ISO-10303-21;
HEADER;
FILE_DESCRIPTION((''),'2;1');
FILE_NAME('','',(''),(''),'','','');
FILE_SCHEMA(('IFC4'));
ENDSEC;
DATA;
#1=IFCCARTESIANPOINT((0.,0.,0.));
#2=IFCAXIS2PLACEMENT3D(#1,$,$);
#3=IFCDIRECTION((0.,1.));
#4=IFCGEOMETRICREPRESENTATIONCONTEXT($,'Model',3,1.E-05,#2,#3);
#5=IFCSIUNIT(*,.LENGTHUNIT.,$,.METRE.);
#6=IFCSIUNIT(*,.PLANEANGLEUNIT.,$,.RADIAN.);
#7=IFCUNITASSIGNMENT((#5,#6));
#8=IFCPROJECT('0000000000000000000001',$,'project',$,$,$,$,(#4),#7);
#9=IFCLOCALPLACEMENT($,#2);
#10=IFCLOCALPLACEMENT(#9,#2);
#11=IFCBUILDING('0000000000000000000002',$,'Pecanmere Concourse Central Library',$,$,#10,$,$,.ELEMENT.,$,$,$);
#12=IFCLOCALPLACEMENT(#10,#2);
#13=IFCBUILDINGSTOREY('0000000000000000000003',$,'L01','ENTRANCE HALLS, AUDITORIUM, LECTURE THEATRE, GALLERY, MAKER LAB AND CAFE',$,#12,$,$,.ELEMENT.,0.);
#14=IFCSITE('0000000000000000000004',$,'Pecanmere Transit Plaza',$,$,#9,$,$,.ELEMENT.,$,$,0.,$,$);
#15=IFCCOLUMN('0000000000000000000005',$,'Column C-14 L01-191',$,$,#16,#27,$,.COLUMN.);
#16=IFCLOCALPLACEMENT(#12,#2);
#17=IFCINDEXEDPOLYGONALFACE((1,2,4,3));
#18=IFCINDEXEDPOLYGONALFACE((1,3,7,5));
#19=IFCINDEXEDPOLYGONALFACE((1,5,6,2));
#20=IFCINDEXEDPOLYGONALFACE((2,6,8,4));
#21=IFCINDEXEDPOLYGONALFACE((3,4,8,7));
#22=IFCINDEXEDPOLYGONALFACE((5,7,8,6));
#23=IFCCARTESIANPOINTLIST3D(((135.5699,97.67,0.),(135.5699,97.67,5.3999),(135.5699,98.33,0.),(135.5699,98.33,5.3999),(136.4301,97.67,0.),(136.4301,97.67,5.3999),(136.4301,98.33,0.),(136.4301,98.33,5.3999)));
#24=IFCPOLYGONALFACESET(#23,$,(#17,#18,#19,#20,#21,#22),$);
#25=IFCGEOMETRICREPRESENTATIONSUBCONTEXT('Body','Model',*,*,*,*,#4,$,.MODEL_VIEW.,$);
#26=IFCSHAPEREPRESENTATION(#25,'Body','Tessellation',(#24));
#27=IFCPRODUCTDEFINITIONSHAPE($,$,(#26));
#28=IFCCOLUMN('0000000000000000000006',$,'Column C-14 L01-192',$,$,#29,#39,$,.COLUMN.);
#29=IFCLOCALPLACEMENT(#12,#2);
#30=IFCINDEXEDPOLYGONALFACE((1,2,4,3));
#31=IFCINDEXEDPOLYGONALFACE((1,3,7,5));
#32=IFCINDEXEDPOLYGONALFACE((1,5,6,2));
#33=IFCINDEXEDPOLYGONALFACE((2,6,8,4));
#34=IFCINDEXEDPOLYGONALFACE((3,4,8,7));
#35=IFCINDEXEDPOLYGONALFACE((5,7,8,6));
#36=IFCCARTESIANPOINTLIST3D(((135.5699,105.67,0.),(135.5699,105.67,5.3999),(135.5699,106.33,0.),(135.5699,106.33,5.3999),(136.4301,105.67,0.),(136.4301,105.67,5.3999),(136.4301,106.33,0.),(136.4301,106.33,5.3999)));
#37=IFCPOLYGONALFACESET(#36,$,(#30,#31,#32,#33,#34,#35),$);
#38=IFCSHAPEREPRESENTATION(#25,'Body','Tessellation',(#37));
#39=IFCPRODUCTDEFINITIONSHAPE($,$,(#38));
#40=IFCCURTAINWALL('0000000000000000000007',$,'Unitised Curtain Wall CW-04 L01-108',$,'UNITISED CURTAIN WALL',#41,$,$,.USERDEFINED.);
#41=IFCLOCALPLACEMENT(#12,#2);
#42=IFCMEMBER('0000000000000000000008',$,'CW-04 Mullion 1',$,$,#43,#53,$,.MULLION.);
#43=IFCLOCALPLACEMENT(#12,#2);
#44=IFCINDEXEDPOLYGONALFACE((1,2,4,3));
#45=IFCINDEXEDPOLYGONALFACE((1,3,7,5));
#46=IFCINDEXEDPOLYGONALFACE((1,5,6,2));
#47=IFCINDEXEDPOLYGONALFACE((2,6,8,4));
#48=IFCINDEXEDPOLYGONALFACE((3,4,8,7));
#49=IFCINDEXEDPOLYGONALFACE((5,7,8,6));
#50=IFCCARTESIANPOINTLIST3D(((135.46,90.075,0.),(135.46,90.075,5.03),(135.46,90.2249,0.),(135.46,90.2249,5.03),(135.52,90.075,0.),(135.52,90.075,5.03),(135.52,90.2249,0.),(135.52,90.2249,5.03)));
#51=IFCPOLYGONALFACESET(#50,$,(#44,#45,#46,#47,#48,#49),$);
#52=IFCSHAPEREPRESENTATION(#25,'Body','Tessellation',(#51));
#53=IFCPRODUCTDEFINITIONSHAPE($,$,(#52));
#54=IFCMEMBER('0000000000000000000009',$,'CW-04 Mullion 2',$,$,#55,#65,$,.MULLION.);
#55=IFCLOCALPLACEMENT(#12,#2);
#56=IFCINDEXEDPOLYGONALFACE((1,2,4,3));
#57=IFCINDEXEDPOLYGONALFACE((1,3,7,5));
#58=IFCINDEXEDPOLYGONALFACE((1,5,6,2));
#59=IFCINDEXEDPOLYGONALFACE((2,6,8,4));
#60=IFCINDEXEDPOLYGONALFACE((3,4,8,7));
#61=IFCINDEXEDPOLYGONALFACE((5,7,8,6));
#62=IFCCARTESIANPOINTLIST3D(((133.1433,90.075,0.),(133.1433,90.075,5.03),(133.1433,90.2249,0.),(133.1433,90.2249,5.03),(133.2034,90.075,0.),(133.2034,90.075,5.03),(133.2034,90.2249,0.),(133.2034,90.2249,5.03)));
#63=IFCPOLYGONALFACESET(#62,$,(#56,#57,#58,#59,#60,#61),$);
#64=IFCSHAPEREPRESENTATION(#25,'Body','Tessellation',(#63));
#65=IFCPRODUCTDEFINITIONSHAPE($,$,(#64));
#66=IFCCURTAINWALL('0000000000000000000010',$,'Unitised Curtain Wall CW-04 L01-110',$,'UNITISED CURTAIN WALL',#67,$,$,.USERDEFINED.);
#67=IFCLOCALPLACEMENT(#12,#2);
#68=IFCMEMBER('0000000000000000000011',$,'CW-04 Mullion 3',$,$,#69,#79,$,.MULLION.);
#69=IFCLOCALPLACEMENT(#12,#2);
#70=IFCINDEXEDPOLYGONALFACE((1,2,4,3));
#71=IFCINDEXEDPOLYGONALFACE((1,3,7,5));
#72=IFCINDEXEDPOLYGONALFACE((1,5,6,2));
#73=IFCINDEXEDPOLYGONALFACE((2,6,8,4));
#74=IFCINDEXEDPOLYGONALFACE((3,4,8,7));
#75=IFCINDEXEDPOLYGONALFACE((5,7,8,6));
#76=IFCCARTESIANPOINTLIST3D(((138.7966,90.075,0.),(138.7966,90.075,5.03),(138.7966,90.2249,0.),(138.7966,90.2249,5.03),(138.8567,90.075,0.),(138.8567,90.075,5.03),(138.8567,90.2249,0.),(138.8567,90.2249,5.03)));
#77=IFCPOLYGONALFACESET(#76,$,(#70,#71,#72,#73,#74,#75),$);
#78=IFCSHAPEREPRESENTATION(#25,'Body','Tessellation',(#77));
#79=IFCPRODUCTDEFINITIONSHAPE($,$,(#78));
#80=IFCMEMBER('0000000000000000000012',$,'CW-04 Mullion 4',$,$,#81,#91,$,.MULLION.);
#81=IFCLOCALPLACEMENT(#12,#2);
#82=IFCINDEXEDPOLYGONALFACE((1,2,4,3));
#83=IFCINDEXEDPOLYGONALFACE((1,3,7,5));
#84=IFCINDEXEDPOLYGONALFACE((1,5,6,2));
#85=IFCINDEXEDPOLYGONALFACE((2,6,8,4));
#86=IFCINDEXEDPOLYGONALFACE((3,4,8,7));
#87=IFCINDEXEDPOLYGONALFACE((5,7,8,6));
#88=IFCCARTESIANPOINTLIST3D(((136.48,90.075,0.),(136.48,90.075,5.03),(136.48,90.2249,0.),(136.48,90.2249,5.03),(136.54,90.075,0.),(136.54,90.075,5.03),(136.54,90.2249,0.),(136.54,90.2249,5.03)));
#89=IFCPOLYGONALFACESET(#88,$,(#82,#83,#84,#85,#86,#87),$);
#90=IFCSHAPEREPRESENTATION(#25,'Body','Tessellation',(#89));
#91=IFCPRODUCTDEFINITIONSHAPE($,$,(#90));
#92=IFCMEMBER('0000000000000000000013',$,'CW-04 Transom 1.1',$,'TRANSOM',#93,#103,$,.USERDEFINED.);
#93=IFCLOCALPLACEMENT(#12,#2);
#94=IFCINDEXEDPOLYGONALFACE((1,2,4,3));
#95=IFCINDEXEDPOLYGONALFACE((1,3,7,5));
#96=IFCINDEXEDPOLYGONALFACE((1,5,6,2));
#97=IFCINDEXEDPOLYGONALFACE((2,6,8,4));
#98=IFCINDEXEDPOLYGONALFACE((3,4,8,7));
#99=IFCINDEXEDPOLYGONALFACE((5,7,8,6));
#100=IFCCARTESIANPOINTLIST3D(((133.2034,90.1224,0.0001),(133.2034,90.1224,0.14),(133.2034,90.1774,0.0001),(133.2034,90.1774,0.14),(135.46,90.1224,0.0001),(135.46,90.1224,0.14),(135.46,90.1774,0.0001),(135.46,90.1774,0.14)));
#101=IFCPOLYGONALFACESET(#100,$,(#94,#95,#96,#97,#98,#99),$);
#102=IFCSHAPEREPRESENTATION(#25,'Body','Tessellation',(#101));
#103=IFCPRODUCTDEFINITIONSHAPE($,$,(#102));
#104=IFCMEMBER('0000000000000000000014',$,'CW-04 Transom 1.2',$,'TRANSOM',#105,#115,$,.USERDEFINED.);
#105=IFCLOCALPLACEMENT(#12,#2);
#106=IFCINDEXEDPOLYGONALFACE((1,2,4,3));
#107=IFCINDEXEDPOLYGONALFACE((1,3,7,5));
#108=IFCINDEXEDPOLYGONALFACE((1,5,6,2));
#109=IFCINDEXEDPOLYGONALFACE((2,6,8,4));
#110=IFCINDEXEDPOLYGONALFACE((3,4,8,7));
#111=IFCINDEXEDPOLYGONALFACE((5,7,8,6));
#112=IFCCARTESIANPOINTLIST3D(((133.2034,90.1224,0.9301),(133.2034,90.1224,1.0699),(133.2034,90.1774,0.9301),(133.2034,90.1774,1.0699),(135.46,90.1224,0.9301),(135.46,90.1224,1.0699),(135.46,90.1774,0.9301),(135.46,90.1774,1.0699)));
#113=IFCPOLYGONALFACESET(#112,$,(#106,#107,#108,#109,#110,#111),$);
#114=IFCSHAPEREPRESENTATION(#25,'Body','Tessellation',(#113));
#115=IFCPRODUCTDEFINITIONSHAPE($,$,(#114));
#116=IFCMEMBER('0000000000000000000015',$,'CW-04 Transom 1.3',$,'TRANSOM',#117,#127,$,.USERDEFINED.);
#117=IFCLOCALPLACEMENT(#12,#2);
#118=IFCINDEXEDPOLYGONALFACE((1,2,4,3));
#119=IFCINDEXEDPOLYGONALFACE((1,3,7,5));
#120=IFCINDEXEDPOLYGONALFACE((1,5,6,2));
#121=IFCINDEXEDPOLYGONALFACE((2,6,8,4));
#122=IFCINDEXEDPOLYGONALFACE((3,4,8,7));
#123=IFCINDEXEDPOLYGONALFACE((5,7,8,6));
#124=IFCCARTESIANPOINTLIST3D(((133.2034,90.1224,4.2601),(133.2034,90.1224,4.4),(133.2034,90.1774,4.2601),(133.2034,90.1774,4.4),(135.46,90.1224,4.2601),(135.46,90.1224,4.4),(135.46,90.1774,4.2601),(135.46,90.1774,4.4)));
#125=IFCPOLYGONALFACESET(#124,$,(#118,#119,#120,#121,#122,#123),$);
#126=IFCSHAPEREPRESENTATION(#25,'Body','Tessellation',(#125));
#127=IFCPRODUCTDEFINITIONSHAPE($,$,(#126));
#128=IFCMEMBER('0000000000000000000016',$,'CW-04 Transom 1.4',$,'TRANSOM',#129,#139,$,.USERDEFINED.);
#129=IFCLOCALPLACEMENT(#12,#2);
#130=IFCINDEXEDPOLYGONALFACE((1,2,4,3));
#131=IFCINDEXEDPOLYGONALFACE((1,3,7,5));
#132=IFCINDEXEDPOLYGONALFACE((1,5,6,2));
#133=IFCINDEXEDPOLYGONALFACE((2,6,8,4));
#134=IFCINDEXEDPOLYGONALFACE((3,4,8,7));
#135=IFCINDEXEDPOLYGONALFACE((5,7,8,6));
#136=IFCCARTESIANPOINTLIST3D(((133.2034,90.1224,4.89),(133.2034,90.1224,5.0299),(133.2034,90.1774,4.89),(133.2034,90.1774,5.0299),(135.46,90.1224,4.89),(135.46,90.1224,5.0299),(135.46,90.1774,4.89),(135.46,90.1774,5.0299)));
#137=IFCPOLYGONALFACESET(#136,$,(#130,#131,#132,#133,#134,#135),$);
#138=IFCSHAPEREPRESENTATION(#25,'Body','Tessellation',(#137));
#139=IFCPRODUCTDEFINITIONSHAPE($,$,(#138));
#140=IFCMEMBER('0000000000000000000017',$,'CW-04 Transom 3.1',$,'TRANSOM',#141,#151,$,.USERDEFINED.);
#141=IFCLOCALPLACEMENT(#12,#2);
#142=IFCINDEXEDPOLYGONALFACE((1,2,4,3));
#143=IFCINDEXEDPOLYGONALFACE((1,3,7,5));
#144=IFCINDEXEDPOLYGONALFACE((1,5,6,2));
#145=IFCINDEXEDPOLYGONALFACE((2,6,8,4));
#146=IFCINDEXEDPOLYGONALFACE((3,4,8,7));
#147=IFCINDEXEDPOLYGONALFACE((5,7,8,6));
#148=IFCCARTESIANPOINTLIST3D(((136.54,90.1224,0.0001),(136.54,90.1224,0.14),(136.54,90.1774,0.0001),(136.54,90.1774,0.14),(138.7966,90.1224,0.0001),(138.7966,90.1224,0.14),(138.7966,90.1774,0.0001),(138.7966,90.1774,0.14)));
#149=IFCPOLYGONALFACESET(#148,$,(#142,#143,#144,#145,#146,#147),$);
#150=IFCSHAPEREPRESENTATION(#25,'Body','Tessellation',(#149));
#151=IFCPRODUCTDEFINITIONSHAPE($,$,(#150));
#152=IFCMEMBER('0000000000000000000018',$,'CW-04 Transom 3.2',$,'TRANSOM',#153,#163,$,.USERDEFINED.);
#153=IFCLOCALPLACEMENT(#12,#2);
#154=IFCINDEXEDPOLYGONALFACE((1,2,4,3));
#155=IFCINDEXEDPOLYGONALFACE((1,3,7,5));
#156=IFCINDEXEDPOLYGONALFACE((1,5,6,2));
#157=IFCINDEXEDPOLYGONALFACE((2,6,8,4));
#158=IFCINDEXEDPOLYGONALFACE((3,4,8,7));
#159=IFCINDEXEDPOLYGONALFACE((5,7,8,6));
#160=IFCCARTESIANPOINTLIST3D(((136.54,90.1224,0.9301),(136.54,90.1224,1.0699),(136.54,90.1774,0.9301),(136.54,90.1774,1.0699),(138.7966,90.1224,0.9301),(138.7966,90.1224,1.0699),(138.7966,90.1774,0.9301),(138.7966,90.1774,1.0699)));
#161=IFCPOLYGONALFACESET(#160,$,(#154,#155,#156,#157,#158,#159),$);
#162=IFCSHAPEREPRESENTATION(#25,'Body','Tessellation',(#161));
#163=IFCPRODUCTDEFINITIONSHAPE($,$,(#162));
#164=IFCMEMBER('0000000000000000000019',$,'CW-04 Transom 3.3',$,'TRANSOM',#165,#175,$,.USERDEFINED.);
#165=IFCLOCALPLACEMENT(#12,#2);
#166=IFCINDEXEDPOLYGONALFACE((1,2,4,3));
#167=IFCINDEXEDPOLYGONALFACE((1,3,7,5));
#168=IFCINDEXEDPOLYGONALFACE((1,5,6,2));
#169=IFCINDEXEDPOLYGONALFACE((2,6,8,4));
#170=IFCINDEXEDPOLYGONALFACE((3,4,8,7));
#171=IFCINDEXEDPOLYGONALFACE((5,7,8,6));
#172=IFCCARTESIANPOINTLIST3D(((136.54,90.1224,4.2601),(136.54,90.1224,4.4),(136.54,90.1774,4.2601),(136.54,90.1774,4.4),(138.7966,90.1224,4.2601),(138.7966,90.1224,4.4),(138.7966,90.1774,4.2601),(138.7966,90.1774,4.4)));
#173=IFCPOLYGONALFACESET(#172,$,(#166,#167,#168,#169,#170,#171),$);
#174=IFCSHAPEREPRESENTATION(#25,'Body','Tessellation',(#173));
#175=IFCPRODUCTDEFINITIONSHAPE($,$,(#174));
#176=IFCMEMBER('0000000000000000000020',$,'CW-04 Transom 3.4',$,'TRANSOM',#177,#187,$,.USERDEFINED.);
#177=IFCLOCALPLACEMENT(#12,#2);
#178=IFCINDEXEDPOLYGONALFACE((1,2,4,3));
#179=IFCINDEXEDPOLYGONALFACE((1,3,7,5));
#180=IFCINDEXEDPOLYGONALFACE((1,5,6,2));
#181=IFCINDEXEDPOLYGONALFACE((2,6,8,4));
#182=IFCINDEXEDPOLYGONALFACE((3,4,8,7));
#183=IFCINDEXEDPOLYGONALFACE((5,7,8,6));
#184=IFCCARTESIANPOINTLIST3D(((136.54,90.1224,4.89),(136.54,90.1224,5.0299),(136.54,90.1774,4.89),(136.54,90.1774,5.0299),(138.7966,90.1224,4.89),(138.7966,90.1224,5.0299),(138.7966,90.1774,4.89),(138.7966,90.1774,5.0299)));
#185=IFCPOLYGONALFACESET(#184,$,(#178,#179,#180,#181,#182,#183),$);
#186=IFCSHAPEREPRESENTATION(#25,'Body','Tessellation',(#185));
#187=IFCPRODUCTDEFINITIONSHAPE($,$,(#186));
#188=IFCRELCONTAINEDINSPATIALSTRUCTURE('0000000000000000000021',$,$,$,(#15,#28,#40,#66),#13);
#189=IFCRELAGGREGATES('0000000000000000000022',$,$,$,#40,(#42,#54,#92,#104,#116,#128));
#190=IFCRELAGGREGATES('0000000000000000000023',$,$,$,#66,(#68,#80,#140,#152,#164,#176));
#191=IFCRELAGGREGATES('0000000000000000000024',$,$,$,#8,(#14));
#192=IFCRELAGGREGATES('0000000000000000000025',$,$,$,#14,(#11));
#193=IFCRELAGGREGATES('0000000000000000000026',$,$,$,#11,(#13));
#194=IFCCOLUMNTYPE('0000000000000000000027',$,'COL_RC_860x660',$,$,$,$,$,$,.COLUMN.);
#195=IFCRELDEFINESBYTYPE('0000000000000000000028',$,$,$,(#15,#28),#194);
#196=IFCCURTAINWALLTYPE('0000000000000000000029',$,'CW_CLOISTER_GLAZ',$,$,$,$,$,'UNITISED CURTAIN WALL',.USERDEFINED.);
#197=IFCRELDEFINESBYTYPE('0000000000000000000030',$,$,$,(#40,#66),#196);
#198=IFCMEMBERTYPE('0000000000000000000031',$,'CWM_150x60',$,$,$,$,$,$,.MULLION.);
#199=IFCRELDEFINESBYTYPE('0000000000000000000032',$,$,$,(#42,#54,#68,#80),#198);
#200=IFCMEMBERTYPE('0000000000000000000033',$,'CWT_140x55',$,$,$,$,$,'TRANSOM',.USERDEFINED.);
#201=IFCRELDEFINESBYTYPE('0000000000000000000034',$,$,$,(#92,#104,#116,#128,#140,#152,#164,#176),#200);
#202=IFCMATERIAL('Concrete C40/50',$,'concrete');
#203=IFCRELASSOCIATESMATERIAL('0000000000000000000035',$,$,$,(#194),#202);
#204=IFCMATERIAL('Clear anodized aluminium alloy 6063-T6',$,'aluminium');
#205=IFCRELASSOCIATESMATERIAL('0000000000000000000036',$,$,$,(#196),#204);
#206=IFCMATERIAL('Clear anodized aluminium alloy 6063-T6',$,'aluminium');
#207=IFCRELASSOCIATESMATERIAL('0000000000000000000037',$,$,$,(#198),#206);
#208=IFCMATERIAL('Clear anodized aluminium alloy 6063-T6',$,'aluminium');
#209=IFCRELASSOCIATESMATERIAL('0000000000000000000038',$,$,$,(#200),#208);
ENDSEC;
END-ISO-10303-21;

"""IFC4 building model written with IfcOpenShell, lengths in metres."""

from ifc_helpers import new_model, si_unit, direction, frame, origin, origin_2d, place, context, subcontext, project, spatial, rectangle, extrude, material, material_profile, profile_set, type_object, element, aggregate, save


model = new_model("IFC4")

# Units and contexts
model_context = context("Model", 3, precision=1e-05, world=origin(), true_north=direction((0.0, 1.0)))
body_context = subcontext(model_context, "Body", "Model", "MODEL_VIEW")
ifc_project = project(units=[si_unit("LENGTHUNIT", "METRE"), si_unit("PLANEANGLEUNIT", "RADIAN")], contexts=[model_context])

# Site, building, storey
site_placement = place(None, origin())
site = spatial("IfcSite", under=ifc_project, at=site_placement, Name="Pecanmere Transit Plaza", CompositionType="ELEMENT", RefElevation=0.0)
building_placement = place(site_placement, origin())
building = spatial("IfcBuilding", under=site, at=building_placement, Name="Pecanmere Concourse Central Library", CompositionType="ELEMENT")
storey_placement = place(building_placement, origin())
storey = spatial("IfcBuildingStorey", under=building, at=storey_placement, Name="L01", Description="ENTRANCE HALLS, AUDITORIUM, LECTURE THEATRE, GALLERY, MAKER LAB AND CAFE", CompositionType="ELEMENT", Elevation=0.0)

# Columns
ifc_material_1 = material(Name="Concrete C40/50", Category="concrete")
ifc_material_profile_1 = material_profile(ifc_material_1, rectangle(XDim=0.8601, YDim=0.6599, at=origin_2d()), Name="RC 860x660")
ifc_profile_set_1 = profile_set([ifc_material_profile_1], Name="Concrete C40/50")
column_type = type_object("IfcColumnType", Name="COL_RC_860x660", PredefinedType="COLUMN", material=ifc_profile_set_1)
for number, where, z_axis, x_axis, name in (
    (1, (136.0, 98.0, 0.0), (0.0, 0.0, 1.0), (1.0, 0.0, 0.0), "Column C-14 L01-191"),
    (2, (136.0, 106.0, 0.0), (0.0, 0.0, 1.0), (1.0, 0.0, 0.0), "Column C-14 L01-192"),
):
    element("IfcColumn", number, at=place(storey_placement, frame(where, z_axis=z_axis, x_axis=x_axis)), inside=storey, type_object=column_type, Name=name, PredefinedType="COLUMN", context=body_context, shape_type="SweptSolid", body=[
        extrude(rectangle(XDim=0.8601, YDim=0.6599, at=origin_2d()), origin(), (0.0, 0.0, 1.0), 5.3999),
    ])

# Curtain walls, members
ifc_material_2 = material(Name="Clear anodized aluminium alloy 6063-T6", Category="aluminium")
curtain_wall_type = type_object("IfcCurtainWallType", Name="CW_CLOISTER_GLAZ", ElementType="UNITISED CURTAIN WALL", PredefinedType="USERDEFINED", material=ifc_material_2)
curtain_wall_1_placement = place(storey_placement, origin())
curtain_wall_1 = element("IfcCurtainWall", 3, at=curtain_wall_1_placement, inside=storey, type_object=curtain_wall_type, Name="Unitised Curtain Wall CW-04 L01-108", ObjectType="UNITISED CURTAIN WALL", PredefinedType="USERDEFINED")
ifc_material_3 = material(Name="Clear anodized aluminium alloy 6063-T6", Category="aluminium")
ifc_material_profile_2 = material_profile(ifc_material_3, rectangle(XDim=0.0601, YDim=0.1499, at=origin_2d()), Name="AL 60x150")
ifc_profile_set_2 = profile_set([ifc_material_profile_2], Name="Clear anodized aluminium alloy 6063-T6")
member_type_1 = type_object("IfcMemberType", Name="CWM_150x60", PredefinedType="MULLION", material=ifc_profile_set_2)
member_1_placement = place(storey_placement, frame((135.49, 90.1499, 0.0), z_axis=(0.0, 0.0, 1.0), x_axis=(-1.0, 0.0, 0.0)))
member_1 = element("IfcMember", 4, at=member_1_placement, type_object=member_type_1, Name="CW-04 Mullion 1", PredefinedType="MULLION", context=body_context, shape_type="SweptSolid", body=[
    extrude(rectangle(XDim=0.0601, YDim=0.1499, at=origin_2d()), origin(), (0.0, 0.0, 1.0), 5.03),
])
member_2_placement = place(storey_placement, frame((133.1733, 90.1499, 0.0), z_axis=(0.0, 0.0, 1.0), x_axis=(-1.0, 0.0, 0.0)))
member_2 = element("IfcMember", 5, at=member_2_placement, type_object=member_type_1, Name="CW-04 Mullion 2", PredefinedType="MULLION", context=body_context, shape_type="SweptSolid", body=[
    extrude(rectangle(XDim=0.0601, YDim=0.1499, at=origin_2d()), origin(), (0.0, 0.0, 1.0), 5.03),
])
curtain_wall_2_placement = place(storey_placement, origin())
curtain_wall_2 = element("IfcCurtainWall", 6, at=curtain_wall_2_placement, inside=storey, type_object=curtain_wall_type, Name="Unitised Curtain Wall CW-04 L01-110", ObjectType="UNITISED CURTAIN WALL", PredefinedType="USERDEFINED")
member_3_placement = place(storey_placement, frame((138.8267, 90.1499, 0.0), z_axis=(0.0, 0.0, 1.0), x_axis=(-1.0, 0.0, 0.0)))
member_3 = element("IfcMember", 7, at=member_3_placement, type_object=member_type_1, Name="CW-04 Mullion 3", PredefinedType="MULLION", context=body_context, shape_type="SweptSolid", body=[
    extrude(rectangle(XDim=0.0601, YDim=0.1499, at=origin_2d()), origin(), (0.0, 0.0, 1.0), 5.03),
])
member_4_placement = place(storey_placement, frame((136.51, 90.1499, 0.0), z_axis=(0.0, 0.0, 1.0), x_axis=(-1.0, 0.0, 0.0)))
member_4 = element("IfcMember", 8, at=member_4_placement, type_object=member_type_1, Name="CW-04 Mullion 4", PredefinedType="MULLION", context=body_context, shape_type="SweptSolid", body=[
    extrude(rectangle(XDim=0.0601, YDim=0.1499, at=origin_2d()), origin(), (0.0, 0.0, 1.0), 5.03),
])

# Members
ifc_material_4 = material(Name="Clear anodized aluminium alloy 6063-T6", Category="aluminium")
ifc_material_profile_3 = material_profile(ifc_material_4, rectangle(XDim=0.0549, YDim=0.1399, at=origin_2d()), Name="AL 55x140")
ifc_profile_set_3 = profile_set([ifc_material_profile_3], Name="Clear anodized aluminium alloy 6063-T6")
member_type_2 = type_object("IfcMemberType", Name="CWT_140x55", ElementType="TRANSOM", PredefinedType="USERDEFINED", material=ifc_profile_set_3)
member_5_placement = place(storey_placement, frame((135.46, 90.1499, 0.0701), z_axis=(-1.0, 0.0, 0.0), x_axis=(0.0, -1.0, 0.0)))
member_5 = element("IfcMember", 9, at=member_5_placement, type_object=member_type_2, Name="CW-04 Transom 1.1", ObjectType="TRANSOM", PredefinedType="USERDEFINED", context=body_context, shape_type="SweptSolid", body=[
    extrude(rectangle(XDim=0.0549, YDim=0.1399, at=origin_2d()), origin(), (0.0, 0.0, 1.0), 2.2566),
])
member_6_placement = place(storey_placement, frame((135.46, 90.1499, 1.0), z_axis=(-1.0, 0.0, 0.0), x_axis=(0.0, -1.0, 0.0)))
member_6 = element("IfcMember", 10, at=member_6_placement, type_object=member_type_2, Name="CW-04 Transom 1.2", ObjectType="TRANSOM", PredefinedType="USERDEFINED", context=body_context, shape_type="SweptSolid", body=[
    extrude(rectangle(XDim=0.0549, YDim=0.1399, at=origin_2d()), origin(), (0.0, 0.0, 1.0), 2.2566),
])
member_7_placement = place(storey_placement, frame((135.46, 90.1499, 4.3301), z_axis=(-1.0, 0.0, 0.0), x_axis=(0.0, -1.0, 0.0)))
member_7 = element("IfcMember", 11, at=member_7_placement, type_object=member_type_2, Name="CW-04 Transom 1.3", ObjectType="TRANSOM", PredefinedType="USERDEFINED", context=body_context, shape_type="SweptSolid", body=[
    extrude(rectangle(XDim=0.0549, YDim=0.1399, at=origin_2d()), origin(), (0.0, 0.0, 1.0), 2.2566),
])
member_8_placement = place(storey_placement, frame((135.46, 90.1499, 4.96), z_axis=(-1.0, 0.0, 0.0), x_axis=(0.0, -1.0, 0.0)))
member_8 = element("IfcMember", 12, at=member_8_placement, type_object=member_type_2, Name="CW-04 Transom 1.4", ObjectType="TRANSOM", PredefinedType="USERDEFINED", context=body_context, shape_type="SweptSolid", body=[
    extrude(rectangle(XDim=0.0549, YDim=0.1399, at=origin_2d()), origin(), (0.0, 0.0, 1.0), 2.2566),
])
member_9_placement = place(storey_placement, frame((138.7966, 90.1499, 0.0701), z_axis=(-1.0, 0.0, 0.0), x_axis=(0.0, -1.0, 0.0)))
member_9 = element("IfcMember", 13, at=member_9_placement, type_object=member_type_2, Name="CW-04 Transom 3.1", ObjectType="TRANSOM", PredefinedType="USERDEFINED", context=body_context, shape_type="SweptSolid", body=[
    extrude(rectangle(XDim=0.0549, YDim=0.1399, at=origin_2d()), origin(), (0.0, 0.0, 1.0), 2.2566),
])
member_10_placement = place(storey_placement, frame((138.7966, 90.1499, 1.0), z_axis=(-1.0, 0.0, 0.0), x_axis=(0.0, -1.0, 0.0)))
member_10 = element("IfcMember", 14, at=member_10_placement, type_object=member_type_2, Name="CW-04 Transom 3.2", ObjectType="TRANSOM", PredefinedType="USERDEFINED", context=body_context, shape_type="SweptSolid", body=[
    extrude(rectangle(XDim=0.0549, YDim=0.1399, at=origin_2d()), origin(), (0.0, 0.0, 1.0), 2.2566),
])
member_11_placement = place(storey_placement, frame((138.7966, 90.1499, 4.3301), z_axis=(-1.0, 0.0, 0.0), x_axis=(0.0, -1.0, 0.0)))
member_11 = element("IfcMember", 15, at=member_11_placement, type_object=member_type_2, Name="CW-04 Transom 3.3", ObjectType="TRANSOM", PredefinedType="USERDEFINED", context=body_context, shape_type="SweptSolid", body=[
    extrude(rectangle(XDim=0.0549, YDim=0.1399, at=origin_2d()), origin(), (0.0, 0.0, 1.0), 2.2566),
])
member_12_placement = place(storey_placement, frame((138.7966, 90.1499, 4.96), z_axis=(-1.0, 0.0, 0.0), x_axis=(0.0, -1.0, 0.0)))
member_12 = element("IfcMember", 16, at=member_12_placement, type_object=member_type_2, Name="CW-04 Transom 3.4", ObjectType="TRANSOM", PredefinedType="USERDEFINED", context=body_context, shape_type="SweptSolid", body=[
    extrude(rectangle(XDim=0.0549, YDim=0.1399, at=origin_2d()), origin(), (0.0, 0.0, 1.0), 2.2566),
])

aggregate(curtain_wall_1, [member_1, member_2, member_5, member_6, member_7, member_8])
aggregate(curtain_wall_2, [member_3, member_4, member_9, member_10, member_11, member_12])

save(model, "model.ifc")
